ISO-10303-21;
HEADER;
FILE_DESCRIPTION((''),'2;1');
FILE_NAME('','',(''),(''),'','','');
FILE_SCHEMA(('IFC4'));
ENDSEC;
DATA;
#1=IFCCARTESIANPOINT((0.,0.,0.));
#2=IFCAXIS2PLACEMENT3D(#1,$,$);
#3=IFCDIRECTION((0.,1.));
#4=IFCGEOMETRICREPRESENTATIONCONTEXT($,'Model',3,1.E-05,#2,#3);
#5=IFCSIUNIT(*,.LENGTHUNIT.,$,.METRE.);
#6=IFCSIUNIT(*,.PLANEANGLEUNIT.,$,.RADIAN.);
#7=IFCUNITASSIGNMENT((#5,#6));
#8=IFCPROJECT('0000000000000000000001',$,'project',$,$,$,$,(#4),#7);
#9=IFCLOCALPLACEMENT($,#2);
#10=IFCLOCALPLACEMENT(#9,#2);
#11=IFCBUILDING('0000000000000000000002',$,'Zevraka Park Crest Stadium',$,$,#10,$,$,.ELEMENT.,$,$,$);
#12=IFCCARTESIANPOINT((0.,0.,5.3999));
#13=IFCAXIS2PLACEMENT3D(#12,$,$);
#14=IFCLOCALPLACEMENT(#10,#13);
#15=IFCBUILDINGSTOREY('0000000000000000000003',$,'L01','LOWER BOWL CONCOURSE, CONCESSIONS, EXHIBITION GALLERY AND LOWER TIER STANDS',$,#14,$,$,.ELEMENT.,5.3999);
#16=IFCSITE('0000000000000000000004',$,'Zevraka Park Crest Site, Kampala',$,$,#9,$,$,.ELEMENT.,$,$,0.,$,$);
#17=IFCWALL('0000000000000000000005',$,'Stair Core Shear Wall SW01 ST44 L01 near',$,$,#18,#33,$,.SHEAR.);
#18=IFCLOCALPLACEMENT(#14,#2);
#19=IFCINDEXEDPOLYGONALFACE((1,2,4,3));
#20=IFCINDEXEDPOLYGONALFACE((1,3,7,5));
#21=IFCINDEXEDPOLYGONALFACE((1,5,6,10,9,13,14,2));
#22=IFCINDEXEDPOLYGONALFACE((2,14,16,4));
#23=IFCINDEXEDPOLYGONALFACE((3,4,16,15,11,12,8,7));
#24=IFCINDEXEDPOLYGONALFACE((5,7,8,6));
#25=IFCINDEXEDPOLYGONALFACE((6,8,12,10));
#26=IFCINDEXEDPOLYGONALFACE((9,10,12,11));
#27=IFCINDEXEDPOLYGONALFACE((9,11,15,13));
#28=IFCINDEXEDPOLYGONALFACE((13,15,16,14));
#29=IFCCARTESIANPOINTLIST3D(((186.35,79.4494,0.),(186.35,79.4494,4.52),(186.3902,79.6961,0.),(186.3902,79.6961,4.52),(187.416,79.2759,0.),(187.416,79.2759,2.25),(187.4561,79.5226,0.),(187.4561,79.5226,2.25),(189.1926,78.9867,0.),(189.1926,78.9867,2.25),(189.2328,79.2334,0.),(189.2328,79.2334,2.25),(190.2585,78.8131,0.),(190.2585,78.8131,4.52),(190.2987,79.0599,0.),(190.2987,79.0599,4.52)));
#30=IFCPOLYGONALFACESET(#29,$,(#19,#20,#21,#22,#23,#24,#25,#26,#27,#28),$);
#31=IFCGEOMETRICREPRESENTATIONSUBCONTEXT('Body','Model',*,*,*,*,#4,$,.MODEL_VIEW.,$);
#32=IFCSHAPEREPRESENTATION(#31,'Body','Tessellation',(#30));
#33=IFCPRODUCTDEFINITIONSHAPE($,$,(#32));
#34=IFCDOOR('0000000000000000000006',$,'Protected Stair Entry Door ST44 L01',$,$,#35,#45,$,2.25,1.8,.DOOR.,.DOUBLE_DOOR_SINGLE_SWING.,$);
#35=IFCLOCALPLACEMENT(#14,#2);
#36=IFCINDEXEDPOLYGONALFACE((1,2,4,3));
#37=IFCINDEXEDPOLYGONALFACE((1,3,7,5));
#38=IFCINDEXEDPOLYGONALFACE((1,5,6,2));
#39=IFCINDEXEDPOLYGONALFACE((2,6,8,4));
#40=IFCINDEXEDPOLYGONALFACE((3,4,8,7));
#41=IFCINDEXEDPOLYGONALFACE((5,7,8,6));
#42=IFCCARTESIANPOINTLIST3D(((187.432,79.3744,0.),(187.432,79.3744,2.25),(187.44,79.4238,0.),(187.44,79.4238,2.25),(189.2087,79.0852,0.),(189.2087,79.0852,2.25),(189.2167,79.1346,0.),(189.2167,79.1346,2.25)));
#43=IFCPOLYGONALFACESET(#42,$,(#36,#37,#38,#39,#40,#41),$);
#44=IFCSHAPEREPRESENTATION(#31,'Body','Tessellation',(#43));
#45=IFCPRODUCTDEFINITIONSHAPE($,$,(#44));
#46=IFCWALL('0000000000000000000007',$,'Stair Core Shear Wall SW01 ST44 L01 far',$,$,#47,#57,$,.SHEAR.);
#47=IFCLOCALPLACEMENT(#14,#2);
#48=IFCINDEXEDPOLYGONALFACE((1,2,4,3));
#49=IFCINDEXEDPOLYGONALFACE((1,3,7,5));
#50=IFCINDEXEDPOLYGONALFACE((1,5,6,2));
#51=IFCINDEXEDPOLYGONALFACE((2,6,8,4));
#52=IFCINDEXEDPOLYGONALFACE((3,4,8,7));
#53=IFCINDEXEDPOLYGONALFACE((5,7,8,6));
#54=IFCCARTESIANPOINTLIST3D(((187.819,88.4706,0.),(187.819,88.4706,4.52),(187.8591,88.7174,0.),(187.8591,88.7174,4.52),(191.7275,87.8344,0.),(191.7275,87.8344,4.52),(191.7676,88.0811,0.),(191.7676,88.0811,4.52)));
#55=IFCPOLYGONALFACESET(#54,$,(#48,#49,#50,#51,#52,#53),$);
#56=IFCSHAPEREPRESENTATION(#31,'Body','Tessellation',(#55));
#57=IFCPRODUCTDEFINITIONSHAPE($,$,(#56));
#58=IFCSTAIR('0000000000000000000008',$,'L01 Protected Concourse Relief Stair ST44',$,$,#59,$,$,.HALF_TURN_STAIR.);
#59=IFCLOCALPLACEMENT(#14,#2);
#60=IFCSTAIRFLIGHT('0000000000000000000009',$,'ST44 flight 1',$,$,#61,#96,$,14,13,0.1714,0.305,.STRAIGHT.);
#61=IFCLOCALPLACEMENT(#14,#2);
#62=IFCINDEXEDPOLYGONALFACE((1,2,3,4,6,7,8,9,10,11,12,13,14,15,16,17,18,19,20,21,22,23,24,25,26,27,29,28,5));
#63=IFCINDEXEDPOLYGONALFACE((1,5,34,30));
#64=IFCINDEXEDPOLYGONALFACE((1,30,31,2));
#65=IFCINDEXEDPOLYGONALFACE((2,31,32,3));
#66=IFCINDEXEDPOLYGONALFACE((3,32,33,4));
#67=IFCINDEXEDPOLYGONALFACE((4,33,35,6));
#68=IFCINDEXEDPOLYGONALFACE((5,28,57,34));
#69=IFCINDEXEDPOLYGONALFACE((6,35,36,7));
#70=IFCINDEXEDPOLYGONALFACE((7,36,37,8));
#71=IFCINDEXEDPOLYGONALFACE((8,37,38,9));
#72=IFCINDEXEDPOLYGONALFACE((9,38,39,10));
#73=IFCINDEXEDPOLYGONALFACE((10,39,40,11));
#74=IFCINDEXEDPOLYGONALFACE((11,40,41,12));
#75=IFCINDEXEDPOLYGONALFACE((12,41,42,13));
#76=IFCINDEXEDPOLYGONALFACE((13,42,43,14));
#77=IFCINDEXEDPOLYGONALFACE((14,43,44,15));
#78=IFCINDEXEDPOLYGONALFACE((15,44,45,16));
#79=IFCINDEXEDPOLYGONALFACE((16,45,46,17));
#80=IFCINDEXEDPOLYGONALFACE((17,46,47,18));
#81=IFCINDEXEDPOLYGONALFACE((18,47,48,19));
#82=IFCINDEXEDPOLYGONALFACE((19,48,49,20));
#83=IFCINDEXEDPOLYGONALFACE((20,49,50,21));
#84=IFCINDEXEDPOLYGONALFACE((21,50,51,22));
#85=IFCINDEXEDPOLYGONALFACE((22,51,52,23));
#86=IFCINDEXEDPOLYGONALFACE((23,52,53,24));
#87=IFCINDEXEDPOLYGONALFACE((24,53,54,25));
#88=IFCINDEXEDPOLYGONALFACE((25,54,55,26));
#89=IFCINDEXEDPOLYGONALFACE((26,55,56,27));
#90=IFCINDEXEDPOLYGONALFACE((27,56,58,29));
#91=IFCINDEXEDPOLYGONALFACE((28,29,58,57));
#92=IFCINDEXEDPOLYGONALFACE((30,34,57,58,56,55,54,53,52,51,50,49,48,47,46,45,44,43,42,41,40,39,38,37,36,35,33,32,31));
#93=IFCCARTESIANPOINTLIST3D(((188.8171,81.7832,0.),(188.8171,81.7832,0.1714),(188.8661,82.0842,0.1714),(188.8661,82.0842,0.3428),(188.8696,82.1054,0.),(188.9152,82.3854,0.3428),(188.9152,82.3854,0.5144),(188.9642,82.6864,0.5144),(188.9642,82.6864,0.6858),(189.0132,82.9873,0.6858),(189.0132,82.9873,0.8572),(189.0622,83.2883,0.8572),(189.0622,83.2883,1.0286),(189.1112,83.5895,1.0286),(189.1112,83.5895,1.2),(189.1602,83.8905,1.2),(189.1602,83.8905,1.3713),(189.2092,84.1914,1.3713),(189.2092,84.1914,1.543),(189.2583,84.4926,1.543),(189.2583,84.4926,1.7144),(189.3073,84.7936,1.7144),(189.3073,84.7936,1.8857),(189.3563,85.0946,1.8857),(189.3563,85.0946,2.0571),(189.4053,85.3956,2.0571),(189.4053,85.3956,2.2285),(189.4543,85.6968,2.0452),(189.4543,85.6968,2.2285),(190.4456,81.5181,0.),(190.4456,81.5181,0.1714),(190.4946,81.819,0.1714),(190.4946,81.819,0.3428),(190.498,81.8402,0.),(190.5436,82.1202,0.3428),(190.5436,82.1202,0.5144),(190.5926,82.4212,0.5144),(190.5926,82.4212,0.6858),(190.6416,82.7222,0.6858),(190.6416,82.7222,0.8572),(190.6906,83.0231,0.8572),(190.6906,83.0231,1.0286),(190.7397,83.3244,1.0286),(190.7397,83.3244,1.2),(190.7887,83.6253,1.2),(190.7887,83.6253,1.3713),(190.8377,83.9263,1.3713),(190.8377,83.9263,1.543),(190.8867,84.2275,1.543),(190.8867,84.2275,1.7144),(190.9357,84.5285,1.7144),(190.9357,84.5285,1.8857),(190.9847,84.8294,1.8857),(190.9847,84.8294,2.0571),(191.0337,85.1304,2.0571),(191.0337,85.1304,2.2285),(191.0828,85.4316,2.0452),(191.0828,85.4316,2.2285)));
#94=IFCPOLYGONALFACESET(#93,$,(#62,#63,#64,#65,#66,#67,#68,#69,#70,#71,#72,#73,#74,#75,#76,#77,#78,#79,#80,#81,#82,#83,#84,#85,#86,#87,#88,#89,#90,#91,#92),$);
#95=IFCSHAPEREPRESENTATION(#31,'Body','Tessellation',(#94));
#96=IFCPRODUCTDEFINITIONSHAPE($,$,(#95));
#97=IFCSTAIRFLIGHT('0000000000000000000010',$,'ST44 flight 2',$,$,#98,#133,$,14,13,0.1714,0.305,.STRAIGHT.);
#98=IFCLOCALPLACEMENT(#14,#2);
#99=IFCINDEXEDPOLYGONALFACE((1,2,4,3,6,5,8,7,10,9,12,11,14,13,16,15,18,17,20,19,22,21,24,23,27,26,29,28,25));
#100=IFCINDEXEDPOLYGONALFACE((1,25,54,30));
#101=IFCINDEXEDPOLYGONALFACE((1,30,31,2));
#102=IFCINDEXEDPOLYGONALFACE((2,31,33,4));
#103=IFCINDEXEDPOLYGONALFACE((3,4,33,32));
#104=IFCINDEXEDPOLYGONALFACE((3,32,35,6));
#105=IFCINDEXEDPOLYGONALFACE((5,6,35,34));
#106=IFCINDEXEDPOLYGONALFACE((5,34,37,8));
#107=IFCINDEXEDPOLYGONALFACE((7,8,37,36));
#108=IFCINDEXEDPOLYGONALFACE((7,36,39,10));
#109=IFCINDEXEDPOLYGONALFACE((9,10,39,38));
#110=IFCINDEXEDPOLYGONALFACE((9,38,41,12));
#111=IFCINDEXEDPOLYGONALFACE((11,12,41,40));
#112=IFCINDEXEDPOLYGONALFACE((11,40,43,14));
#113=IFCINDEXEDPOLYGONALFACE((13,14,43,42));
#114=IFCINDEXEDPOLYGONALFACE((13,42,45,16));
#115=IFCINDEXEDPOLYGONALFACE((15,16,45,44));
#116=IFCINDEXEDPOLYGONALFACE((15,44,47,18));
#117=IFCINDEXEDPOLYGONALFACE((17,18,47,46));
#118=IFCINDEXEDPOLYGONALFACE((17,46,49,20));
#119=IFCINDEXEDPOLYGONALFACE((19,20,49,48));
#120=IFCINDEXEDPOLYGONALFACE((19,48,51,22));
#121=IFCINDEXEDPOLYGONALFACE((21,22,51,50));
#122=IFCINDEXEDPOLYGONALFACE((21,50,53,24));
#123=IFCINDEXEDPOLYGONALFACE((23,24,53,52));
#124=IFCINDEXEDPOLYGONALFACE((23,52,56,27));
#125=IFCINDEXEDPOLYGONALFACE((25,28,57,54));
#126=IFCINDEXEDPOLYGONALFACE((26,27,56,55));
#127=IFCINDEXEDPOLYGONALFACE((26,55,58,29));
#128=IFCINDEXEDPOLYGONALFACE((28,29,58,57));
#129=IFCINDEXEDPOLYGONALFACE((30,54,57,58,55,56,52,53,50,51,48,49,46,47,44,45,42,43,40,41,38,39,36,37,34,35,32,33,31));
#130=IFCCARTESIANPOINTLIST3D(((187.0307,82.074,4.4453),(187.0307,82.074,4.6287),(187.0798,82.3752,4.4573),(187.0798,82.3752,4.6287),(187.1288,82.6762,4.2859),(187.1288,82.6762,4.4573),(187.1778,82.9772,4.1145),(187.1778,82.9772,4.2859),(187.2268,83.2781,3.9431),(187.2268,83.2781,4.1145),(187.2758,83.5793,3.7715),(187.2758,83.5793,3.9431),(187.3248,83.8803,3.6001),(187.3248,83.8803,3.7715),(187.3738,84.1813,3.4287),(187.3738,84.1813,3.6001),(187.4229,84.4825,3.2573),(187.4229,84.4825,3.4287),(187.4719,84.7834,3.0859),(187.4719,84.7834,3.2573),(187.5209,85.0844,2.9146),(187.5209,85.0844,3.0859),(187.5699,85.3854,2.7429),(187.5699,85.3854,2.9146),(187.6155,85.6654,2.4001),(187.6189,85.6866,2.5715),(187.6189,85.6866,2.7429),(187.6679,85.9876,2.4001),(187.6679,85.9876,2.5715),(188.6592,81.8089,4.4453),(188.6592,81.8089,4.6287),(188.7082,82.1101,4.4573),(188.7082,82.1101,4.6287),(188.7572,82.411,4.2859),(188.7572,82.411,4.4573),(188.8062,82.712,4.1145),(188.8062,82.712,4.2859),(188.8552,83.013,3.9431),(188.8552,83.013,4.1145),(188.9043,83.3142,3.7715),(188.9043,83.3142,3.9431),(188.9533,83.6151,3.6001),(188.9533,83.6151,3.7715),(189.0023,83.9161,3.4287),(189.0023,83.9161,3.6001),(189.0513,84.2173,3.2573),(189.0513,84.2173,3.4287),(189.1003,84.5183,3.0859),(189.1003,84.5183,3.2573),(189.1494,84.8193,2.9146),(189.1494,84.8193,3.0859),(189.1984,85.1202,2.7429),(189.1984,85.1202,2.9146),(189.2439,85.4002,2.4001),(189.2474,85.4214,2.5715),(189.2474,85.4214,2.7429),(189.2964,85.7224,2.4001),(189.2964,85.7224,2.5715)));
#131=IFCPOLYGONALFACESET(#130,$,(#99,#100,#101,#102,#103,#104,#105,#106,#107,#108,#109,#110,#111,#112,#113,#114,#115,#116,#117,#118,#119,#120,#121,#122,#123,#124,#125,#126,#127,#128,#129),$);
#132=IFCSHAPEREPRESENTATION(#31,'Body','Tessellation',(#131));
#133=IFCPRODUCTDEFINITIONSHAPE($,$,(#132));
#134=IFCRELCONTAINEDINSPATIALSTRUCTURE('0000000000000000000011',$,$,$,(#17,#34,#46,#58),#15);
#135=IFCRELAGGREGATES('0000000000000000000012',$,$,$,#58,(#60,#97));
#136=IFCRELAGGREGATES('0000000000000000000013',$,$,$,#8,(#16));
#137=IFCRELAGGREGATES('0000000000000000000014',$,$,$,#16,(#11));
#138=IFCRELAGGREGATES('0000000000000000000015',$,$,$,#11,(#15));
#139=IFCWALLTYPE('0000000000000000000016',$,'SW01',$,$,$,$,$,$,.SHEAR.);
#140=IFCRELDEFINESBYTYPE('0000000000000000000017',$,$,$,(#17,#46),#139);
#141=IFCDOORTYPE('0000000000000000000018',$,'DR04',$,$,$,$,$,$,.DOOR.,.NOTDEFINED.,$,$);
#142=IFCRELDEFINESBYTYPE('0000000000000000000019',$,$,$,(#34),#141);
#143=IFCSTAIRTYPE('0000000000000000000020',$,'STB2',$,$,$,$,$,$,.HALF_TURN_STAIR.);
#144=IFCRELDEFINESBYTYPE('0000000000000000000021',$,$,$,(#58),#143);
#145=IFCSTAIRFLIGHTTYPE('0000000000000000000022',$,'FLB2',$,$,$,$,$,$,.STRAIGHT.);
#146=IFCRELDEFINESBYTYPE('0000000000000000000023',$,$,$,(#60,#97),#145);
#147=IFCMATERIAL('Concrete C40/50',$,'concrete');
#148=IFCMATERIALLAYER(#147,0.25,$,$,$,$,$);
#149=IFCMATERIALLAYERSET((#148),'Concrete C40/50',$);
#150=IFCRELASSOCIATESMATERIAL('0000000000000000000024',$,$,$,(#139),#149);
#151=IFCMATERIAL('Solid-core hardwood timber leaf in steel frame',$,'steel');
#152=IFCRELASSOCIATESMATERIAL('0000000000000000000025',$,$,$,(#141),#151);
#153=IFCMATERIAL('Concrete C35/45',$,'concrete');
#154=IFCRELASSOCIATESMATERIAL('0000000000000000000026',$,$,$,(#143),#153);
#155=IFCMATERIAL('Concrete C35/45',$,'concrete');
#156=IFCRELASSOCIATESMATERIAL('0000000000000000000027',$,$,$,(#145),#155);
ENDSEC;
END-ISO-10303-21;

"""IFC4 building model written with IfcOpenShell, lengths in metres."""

from ifc_helpers import new_model, si_unit, direction, frame, frame_2d, origin, place, context, subcontext, project, spatial, polyline, rectangle, outline, extrude, material, layer, layer_set, type_object, element, fill, aggregate, save


model = new_model("IFC4")

# Units and contexts
model_context = context("Model", 3, precision=1e-05, world=origin(), true_north=direction((0.0, 1.0)))
body_context = subcontext(model_context, "Body", "Model", "MODEL_VIEW")
ifc_project = project(units=[si_unit("LENGTHUNIT", "METRE"), si_unit("PLANEANGLEUNIT", "RADIAN")], contexts=[model_context])

# Site, building, storey
site_placement = place(None, origin())
site = spatial("IfcSite", under=ifc_project, at=site_placement, Name="Zevraka Park Crest Site, Kampala", CompositionType="ELEMENT", RefElevation=0.0)
building_placement = place(site_placement, origin())
building = spatial("IfcBuilding", under=site, at=building_placement, Name="Zevraka Park Crest Stadium", CompositionType="ELEMENT")
storey_placement = place(building_placement, frame((0.0, 0.0, 5.3999)))
storey = spatial("IfcBuildingStorey", under=building, at=storey_placement, Name="L01", Description="LOWER BOWL CONCOURSE, CONCESSIONS, EXHIBITION GALLERY AND LOWER TIER STANDS", CompositionType="ELEMENT", Elevation=5.3999)

# Shared definitions
ifc_material_1 = material(Name="Concrete C40/50", Category="concrete")
ifc_layer = layer(ifc_material_1, 0.25)
ifc_layer_set = layer_set([ifc_layer], Name="Concrete C40/50")
wall_type = type_object("IfcWallType", Name="SW01", PredefinedType="SHEAR", material=ifc_layer_set)

# Wall, opening, door
wall_1_placement = place(storey_placement, frame((186.3701, 79.5728, 0.0), z_axis=(0.0, 0.0, 1.0), x_axis=(0.987008, -0.160669, 0.0)))
wall_1 = element("IfcWall", 1, at=wall_1_placement, inside=storey, type_object=wall_type, Name="Stair Core Shear Wall SW01 ST44 L01 near", PredefinedType="SHEAR", context=body_context, shape_type="SweptSolid", body=[
    extrude(rectangle(XDim=3.96, YDim=0.25, at=frame_2d((1.98, 0.0))), origin(), (0.0, 0.0, 1.0), 4.52),
])
opening_placement = place(wall_1_placement, frame((1.0801, 0.0, 0.0)))
opening = element("IfcOpeningElement", 2, at=opening_placement, cuts=wall_1, PredefinedType="OPENING", context=body_context, shape_type="SweptSolid", body=[
    extrude(rectangle(XDim=1.8, YDim=2.25, at=frame_2d((0.8999, 1.125))), frame((0.0, 0.135, 0.0), z_axis=(0.0, -1.0, 0.0), x_axis=(1.0, 0.0, 0.0)), (0.0, 0.0, 1.0), 0.27),
])
ifc_material_2 = material(Name="Solid-core hardwood timber leaf in steel frame", Category="steel")
door_type = type_object("IfcDoorType", Name="DR04", OperationType="NOTDEFINED", PredefinedType="DOOR", material=ifc_material_2)
door_placement = place(opening_placement, origin())
door = element("IfcDoor", 3, at=door_placement, inside=storey, type_object=door_type, Name="Protected Stair Entry Door ST44 L01", OperationType="DOUBLE_DOOR_SINGLE_SWING", OverallHeight=2.25, OverallWidth=1.8, PredefinedType="DOOR", context=body_context, shape_type="SweptSolid", body=[
    extrude(rectangle(XDim=1.8, YDim=2.25, at=frame_2d((0.8999, 1.125))), frame((0.0, 0.0249, 0.0), z_axis=(0.0, -1.0, 0.0), x_axis=(1.0, 0.0, 0.0)), (0.0, 0.0, 1.0), 0.05),
])
fill(opening, door)

# Wall
wall_2_placement = place(storey_placement, frame((191.7476, 87.9578, 0.0), z_axis=(0.0, 0.0, 1.0), x_axis=(-0.987008, 0.160669, 0.0)))
element("IfcWall", 4, at=wall_2_placement, inside=storey, type_object=wall_type, Name="Stair Core Shear Wall SW01 ST44 L01 far", PredefinedType="SHEAR", context=body_context, shape_type="SweptSolid", body=[
    extrude(rectangle(XDim=3.96, YDim=0.25, at=frame_2d((1.98, 0.0))), origin(), (0.0, 0.0, 1.0), 4.52),
])

# Stair, stair flights
ifc_material_3 = material(Name="Concrete C35/45", Category="concrete")
stair_type = type_object("IfcStairType", Name="STB2", PredefinedType="HALF_TURN_STAIR", material=ifc_material_3)
stair_placement = place(storey_placement, origin())
stair = element("IfcStair", 5, at=stair_placement, inside=storey, type_object=stair_type, Name="L01 Protected Concourse Relief Stair ST44", PredefinedType="HALF_TURN_STAIR")
ifc_material_4 = material(Name="Concrete C35/45", Category="concrete")
stair_flight_type = type_object("IfcStairFlightType", Name="FLB2", PredefinedType="STRAIGHT", material=ifc_material_4)
stair_flight_1_placement = place(storey_placement, frame((189.6313, 81.6506, 0.0), z_axis=(0.0, 0.0, 1.0), x_axis=(0.160706, 0.987002, 0.0)))
stair_flight_1 = element("IfcStairFlight", 6, at=stair_flight_1_placement, type_object=stair_flight_type, Name="ST44 flight 1", NumberOfRisers=14, NumberOfTreads=13, PredefinedType="STRAIGHT", RiserHeight=0.1714, TreadLength=0.305, context=body_context, shape_type="SweptSolid", body=[
    extrude(outline(polyline([(0.0, 0.0), (0.0, 0.1714), (0.3049, 0.1714), (0.3049, 0.3428), (0.6101, 0.3428), (0.6101, 0.5144), (0.915, 0.5144), (0.915, 0.6858), (1.22, 0.6858), (1.22, 0.8572), (1.5249, 0.8572), (1.5249, 1.0286), (1.8301, 1.0286), (1.8301, 1.2), (2.135, 1.2), (2.135, 1.3713), (2.4399, 1.3713), (2.4399, 1.543), (2.7451, 1.543), (2.7451, 1.7144), (3.05, 1.7144), (3.05, 1.8857), (3.355, 1.8857), (3.355, 2.0571), (3.6599, 2.0571), (3.6599, 2.2285), (3.9651, 2.2285), (3.9651, 2.3999), (3.9651, 2.0452), (0.3264, 0.0), (0.0, 0.0)])), frame((0.0, 0.825, 0.0), z_axis=(0.0, -1.0, 0.0), x_axis=(1.0, 0.0, 0.0)), (0.0, 0.0, 1.0), 1.6499),
])
stair_flight_2_placement = place(storey_placement, frame((188.4822, 85.855, 2.4001), z_axis=(0.0, 0.0, 1.0), x_axis=(-0.160706, -0.987002, 0.0)))
stair_flight_2 = element("IfcStairFlight", 7, at=stair_flight_2_placement, type_object=stair_flight_type, Name="ST44 flight 2", NumberOfRisers=14, NumberOfTreads=13, PredefinedType="STRAIGHT", RiserHeight=0.1714, TreadLength=0.305, context=body_context, shape_type="SweptSolid", body=[
    extrude(outline(polyline([(0.0, 0.0), (0.0, 0.1714), (0.3049, 0.1714), (0.3049, 0.3428), (0.6101, 0.3428), (0.6101, 0.5144), (0.915, 0.5144), (0.915, 0.6858), (1.22, 0.6858), (1.22, 0.8572), (1.5249, 0.8572), (1.5249, 1.0286), (1.8301, 1.0286), (1.8301, 1.2), (2.135, 1.2), (2.135, 1.3713), (2.4399, 1.3713), (2.4399, 1.543), (2.7451, 1.543), (2.7451, 1.7144), (3.05, 1.7144), (3.05, 1.8857), (3.355, 1.8857), (3.355, 2.0571), (3.6599, 2.0571), (3.6599, 2.2285), (3.9651, 2.2285), (3.9651, 2.3999), (3.9651, 2.0452), (0.3264, 0.0), (0.0, 0.0)])), frame((0.0, 0.825, 0.0), z_axis=(0.0, -1.0, 0.0), x_axis=(1.0, 0.0, 0.0)), (0.0, 0.0, 1.0), 1.6499),
])
aggregate(stair, [stair_flight_1, stair_flight_2])

save(model, "model.ifc")
